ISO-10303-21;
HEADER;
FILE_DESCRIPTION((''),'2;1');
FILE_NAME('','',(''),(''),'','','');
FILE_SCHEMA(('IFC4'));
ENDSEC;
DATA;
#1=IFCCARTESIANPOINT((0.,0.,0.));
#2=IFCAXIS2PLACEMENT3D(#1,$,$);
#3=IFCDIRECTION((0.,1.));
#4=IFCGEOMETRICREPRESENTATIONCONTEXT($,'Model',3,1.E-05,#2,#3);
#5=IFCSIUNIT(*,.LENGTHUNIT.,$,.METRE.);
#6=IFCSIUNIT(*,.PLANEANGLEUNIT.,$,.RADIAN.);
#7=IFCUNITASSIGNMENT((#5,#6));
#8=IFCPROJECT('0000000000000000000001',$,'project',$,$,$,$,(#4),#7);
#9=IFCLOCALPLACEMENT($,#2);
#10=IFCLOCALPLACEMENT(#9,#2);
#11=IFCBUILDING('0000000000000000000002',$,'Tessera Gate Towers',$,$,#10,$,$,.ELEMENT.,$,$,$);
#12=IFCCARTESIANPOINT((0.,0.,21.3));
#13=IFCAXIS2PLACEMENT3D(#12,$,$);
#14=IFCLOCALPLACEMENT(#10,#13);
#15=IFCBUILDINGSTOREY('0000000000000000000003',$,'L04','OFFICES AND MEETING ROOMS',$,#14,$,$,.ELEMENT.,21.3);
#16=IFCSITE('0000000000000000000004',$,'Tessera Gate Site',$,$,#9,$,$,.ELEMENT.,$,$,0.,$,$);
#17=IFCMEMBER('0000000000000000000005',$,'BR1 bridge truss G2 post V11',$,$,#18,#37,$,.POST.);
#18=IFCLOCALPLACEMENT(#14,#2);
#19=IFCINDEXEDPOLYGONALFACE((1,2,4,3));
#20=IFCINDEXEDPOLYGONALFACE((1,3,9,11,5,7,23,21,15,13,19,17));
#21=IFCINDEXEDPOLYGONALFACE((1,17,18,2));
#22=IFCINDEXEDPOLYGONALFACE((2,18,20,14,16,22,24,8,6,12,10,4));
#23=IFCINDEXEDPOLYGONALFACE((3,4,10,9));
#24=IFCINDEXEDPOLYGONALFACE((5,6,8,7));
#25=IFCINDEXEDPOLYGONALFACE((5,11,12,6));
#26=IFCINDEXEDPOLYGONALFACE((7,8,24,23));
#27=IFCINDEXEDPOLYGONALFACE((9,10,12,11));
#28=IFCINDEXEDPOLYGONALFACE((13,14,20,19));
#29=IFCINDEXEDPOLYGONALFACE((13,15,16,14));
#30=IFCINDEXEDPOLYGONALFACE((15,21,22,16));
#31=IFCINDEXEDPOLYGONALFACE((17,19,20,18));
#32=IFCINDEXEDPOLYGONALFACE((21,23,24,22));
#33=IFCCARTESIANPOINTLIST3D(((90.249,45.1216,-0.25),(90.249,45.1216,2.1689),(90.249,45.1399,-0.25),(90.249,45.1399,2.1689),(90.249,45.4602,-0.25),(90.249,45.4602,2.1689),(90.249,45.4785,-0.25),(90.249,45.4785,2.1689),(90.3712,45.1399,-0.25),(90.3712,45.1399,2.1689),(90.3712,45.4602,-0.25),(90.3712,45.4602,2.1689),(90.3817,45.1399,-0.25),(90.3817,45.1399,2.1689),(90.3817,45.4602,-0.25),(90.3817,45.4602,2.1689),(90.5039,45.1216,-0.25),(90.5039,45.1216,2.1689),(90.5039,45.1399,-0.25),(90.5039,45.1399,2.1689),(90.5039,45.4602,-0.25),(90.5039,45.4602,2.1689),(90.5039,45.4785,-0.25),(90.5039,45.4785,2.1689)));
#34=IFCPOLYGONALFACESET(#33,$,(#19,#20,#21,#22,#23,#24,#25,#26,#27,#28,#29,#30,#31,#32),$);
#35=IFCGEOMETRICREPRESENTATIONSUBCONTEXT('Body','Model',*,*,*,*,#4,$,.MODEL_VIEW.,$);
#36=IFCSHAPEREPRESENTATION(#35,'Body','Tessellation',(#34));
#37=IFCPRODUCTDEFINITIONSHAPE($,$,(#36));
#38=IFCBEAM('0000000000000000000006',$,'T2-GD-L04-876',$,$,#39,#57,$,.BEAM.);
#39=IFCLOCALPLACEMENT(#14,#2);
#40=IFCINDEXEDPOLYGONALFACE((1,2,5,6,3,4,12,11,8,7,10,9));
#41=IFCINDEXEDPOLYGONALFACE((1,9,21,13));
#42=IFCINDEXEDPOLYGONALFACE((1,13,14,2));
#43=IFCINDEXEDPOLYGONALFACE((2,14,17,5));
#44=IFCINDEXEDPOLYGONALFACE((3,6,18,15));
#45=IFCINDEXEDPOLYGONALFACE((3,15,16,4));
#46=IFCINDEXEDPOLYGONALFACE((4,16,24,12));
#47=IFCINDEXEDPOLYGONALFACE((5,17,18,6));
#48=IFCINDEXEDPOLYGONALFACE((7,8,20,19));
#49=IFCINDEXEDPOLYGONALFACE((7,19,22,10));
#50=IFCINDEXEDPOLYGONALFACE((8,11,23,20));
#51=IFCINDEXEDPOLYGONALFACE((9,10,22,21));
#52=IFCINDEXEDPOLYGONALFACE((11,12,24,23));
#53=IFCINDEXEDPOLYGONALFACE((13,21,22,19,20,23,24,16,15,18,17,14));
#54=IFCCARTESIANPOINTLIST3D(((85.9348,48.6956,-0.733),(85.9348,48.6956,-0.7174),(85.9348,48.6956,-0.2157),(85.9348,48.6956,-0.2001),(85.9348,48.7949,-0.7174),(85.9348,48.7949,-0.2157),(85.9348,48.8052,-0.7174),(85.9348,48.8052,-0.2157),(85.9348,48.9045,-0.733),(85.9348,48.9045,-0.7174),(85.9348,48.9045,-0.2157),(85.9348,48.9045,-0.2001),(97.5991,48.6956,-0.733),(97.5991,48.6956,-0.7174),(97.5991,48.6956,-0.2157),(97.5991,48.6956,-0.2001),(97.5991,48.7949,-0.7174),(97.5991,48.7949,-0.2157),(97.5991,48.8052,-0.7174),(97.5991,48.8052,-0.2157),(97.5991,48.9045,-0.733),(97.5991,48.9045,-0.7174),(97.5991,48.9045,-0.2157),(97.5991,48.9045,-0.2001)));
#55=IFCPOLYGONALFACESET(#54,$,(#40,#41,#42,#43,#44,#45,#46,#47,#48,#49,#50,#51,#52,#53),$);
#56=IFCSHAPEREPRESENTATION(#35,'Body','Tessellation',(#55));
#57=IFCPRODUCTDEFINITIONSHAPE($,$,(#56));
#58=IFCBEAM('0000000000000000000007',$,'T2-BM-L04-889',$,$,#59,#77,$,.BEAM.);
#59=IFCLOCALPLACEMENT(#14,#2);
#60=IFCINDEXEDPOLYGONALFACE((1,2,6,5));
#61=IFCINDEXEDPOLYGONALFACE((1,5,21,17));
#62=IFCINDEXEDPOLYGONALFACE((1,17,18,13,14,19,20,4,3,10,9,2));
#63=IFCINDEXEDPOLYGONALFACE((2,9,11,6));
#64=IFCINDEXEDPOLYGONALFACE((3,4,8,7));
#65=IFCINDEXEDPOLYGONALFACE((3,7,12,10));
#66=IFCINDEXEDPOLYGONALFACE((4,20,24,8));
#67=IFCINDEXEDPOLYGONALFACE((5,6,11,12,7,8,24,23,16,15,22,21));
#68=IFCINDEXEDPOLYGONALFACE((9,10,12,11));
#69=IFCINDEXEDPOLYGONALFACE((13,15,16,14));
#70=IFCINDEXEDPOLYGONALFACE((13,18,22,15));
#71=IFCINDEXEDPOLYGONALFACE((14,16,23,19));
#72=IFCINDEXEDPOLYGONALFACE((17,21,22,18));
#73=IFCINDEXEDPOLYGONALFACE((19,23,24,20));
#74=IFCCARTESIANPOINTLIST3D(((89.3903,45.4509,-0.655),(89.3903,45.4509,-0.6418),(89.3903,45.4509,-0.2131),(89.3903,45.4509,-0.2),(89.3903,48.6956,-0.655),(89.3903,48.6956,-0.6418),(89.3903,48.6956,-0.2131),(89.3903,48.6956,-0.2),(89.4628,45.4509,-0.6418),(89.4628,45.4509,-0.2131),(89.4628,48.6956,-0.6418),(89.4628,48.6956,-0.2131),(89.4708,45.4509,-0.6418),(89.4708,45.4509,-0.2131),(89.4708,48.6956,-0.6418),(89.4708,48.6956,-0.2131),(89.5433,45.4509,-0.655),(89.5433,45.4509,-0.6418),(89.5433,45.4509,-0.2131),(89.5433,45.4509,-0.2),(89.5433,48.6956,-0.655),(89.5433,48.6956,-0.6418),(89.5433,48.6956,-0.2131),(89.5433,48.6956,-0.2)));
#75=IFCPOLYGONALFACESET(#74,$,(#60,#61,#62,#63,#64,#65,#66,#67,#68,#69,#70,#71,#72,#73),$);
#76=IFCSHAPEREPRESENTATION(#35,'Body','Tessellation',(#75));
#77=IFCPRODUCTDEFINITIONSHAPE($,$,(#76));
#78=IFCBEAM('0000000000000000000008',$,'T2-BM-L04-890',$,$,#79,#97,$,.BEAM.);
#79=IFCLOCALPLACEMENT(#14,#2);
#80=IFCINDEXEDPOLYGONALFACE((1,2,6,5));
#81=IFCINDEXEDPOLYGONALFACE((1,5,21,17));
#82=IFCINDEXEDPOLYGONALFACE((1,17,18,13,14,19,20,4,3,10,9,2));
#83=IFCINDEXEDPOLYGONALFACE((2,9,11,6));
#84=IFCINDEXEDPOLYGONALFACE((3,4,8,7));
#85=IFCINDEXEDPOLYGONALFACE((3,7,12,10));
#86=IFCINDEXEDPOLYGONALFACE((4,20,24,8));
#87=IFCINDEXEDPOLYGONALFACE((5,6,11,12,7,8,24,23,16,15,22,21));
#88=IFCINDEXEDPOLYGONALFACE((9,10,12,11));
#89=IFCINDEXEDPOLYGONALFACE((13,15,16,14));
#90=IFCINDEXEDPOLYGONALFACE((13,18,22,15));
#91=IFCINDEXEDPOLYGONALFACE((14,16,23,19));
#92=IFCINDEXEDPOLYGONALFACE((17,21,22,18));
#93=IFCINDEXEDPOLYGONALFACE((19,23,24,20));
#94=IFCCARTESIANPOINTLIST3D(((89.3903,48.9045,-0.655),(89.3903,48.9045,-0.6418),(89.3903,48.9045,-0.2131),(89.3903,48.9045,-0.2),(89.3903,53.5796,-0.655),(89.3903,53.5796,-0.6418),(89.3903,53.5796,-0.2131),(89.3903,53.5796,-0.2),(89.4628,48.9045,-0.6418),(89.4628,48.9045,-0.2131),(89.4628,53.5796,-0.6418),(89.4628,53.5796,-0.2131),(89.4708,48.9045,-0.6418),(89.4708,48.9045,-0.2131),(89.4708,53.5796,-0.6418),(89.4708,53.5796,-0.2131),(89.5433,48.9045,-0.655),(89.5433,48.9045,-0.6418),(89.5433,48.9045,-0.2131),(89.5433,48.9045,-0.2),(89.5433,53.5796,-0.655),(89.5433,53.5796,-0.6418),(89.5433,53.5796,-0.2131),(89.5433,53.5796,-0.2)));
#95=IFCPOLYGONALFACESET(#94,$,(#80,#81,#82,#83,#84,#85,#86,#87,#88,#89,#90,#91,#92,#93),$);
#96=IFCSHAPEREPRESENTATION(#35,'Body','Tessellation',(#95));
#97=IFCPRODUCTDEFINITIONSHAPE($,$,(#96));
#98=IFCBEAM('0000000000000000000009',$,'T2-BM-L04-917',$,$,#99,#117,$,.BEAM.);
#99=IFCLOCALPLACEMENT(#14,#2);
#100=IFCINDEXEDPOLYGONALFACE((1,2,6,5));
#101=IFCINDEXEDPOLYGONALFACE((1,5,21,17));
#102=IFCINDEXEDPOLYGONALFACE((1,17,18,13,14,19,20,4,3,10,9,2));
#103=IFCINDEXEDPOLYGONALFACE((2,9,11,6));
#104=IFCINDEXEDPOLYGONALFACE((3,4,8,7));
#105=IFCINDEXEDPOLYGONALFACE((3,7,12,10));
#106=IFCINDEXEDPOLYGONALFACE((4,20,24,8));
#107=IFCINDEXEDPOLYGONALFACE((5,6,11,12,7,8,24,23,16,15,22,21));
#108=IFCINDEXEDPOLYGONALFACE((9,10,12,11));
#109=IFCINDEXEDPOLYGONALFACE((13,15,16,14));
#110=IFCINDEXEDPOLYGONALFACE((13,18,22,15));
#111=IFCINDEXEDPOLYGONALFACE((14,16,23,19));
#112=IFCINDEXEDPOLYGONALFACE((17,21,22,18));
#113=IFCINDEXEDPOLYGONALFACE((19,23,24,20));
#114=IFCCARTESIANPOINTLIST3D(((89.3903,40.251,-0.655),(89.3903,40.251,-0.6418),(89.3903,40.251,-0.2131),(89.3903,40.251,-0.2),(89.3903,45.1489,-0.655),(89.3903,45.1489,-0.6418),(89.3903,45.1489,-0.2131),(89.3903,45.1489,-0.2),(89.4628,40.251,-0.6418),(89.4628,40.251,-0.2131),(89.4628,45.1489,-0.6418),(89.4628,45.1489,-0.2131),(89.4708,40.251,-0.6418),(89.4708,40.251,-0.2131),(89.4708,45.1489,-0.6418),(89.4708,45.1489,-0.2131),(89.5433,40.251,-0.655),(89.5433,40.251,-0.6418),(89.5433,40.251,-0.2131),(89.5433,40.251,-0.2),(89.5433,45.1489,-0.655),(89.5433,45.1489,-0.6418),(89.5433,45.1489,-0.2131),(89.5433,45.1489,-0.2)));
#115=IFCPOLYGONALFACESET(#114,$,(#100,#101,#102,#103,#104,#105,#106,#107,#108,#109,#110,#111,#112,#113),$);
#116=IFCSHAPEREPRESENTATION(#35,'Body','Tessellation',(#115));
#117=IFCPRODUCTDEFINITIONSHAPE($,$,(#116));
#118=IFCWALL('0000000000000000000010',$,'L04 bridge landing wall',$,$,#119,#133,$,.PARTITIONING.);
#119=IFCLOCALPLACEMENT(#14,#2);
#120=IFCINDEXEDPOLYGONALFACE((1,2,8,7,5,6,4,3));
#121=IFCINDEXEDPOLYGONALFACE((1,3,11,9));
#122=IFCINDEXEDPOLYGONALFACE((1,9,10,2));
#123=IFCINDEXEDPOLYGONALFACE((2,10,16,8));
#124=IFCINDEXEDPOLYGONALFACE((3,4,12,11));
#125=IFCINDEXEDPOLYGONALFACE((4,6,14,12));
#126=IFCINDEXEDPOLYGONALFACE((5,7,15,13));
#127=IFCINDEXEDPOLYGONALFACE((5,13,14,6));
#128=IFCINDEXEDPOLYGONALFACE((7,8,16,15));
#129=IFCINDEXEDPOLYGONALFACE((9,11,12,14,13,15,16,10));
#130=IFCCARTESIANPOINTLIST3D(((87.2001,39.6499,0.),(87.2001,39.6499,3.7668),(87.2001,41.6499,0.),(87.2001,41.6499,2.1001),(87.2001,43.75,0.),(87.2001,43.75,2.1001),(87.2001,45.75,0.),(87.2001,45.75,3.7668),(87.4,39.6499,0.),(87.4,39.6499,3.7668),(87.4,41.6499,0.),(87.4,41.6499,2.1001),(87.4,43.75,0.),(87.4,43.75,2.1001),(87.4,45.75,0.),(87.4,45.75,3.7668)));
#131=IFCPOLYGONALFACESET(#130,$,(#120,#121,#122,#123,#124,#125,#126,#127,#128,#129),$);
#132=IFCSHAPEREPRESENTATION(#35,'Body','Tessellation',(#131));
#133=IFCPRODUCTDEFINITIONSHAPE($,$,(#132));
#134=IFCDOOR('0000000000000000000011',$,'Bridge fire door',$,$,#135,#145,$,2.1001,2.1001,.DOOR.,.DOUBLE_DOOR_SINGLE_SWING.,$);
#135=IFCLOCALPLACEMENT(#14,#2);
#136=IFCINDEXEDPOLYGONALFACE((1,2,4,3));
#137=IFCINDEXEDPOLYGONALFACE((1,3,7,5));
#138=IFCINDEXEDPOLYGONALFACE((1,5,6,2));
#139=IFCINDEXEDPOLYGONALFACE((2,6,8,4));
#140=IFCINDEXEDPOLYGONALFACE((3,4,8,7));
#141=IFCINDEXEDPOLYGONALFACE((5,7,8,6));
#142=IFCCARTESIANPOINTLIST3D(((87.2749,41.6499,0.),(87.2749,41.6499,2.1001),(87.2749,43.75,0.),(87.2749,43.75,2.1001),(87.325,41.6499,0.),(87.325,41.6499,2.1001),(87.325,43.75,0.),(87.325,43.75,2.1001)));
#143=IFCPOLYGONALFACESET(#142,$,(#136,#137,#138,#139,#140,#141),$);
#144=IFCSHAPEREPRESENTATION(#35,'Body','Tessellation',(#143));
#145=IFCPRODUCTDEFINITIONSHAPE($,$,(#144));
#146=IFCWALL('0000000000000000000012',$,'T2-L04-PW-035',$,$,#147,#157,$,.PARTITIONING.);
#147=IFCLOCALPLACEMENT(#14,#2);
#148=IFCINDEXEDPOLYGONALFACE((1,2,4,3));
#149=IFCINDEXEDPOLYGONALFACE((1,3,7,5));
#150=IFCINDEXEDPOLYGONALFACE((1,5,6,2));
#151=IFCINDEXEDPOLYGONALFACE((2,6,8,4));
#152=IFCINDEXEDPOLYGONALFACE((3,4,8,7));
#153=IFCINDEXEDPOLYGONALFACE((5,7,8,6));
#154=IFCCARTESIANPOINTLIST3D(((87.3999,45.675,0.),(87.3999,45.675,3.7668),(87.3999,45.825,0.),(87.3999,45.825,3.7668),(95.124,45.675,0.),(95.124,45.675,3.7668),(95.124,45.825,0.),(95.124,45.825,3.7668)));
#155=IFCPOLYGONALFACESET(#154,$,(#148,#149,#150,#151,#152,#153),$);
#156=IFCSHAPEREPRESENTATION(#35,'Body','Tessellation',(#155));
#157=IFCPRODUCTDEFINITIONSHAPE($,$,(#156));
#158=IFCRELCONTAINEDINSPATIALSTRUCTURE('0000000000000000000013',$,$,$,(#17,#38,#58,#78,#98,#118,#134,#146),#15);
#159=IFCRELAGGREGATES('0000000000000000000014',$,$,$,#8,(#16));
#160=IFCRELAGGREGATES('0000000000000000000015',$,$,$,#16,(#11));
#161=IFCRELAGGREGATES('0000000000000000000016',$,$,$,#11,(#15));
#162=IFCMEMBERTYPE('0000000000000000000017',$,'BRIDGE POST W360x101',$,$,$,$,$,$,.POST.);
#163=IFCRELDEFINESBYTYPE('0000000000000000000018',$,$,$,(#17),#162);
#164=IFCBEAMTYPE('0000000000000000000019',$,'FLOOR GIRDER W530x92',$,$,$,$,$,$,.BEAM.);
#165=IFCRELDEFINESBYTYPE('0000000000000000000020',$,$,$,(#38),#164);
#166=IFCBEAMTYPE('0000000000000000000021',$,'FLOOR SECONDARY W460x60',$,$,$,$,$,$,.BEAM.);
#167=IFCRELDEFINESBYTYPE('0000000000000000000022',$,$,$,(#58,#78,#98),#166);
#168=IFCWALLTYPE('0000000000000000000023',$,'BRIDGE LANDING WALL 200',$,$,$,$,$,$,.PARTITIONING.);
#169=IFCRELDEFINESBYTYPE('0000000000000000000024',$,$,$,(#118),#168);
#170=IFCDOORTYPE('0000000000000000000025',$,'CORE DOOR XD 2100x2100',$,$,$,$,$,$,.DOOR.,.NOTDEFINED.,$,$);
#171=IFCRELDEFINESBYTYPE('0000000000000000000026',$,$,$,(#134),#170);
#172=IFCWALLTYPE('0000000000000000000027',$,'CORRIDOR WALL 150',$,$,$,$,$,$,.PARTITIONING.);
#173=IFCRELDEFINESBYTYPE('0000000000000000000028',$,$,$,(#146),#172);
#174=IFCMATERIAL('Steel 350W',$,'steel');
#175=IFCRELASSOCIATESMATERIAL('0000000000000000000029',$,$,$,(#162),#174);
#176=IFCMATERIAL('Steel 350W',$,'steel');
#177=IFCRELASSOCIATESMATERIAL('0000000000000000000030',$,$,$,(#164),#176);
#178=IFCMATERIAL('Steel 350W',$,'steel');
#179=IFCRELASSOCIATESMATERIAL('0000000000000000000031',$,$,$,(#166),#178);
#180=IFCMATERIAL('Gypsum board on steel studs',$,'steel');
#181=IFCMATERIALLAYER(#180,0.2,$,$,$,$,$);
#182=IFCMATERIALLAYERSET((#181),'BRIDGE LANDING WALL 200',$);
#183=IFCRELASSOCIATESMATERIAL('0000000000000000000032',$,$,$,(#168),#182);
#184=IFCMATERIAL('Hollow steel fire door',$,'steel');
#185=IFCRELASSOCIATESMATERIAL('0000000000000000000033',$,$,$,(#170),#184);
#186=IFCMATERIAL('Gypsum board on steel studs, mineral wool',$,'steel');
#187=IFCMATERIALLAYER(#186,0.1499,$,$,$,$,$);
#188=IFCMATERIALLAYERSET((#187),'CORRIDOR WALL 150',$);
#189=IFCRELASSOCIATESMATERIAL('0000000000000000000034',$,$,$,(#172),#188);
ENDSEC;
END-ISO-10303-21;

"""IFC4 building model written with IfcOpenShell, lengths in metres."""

from ifc_helpers import new_model, si_unit, direction, frame, frame_2d, origin, origin_2d, place, context, subcontext, project, spatial, rectangle, i_section, extrude, source, transform, mapped, material, layer, layer_set, material_profile, profile_set, type_object, element, fill, save


model = new_model("IFC4")

# Units and contexts
model_context = context("Model", 3, precision=1e-05, world=origin(), true_north=direction((0.0, 1.0)))
body_context = subcontext(model_context, "Body", "Model", "MODEL_VIEW")
ifc_project = project(units=[si_unit("LENGTHUNIT", "METRE"), si_unit("PLANEANGLEUNIT", "RADIAN")], contexts=[model_context])

# Site, building, storey
site_placement = place(None, origin())
site = spatial("IfcSite", under=ifc_project, at=site_placement, Name="Tessera Gate Site", CompositionType="ELEMENT", RefElevation=0.0)
building_placement = place(site_placement, origin())
building = spatial("IfcBuilding", under=site, at=building_placement, Name="Tessera Gate Towers", CompositionType="ELEMENT")
storey_placement = place(building_placement, frame((0.0, 0.0, 21.3)))
storey = spatial("IfcBuildingStorey", under=building, at=storey_placement, Name="L04", Description="OFFICES AND MEETING ROOMS", CompositionType="ELEMENT", Elevation=21.3)

# Member
ifc_material_1 = material(Name="Steel 350W", Category="steel")
ifc_material_profile_1 = material_profile(ifc_material_1, i_section(OverallWidth=0.2549, OverallDepth=0.3569, WebThickness=0.0105, FlangeThickness=0.0183, at=origin_2d()), Name="W360x101")
ifc_profile_set_1 = profile_set([ifc_material_profile_1], Name="Steel 350W")
member_type_1 = type_object("IfcMemberType", Name="BRIDGE POST W360x101", PredefinedType="POST", material=ifc_profile_set_1)
for number, where, z_axis, x_axis, name in (
    (1, (90.3765, 45.3, -0.25), (0.0, 0.0, 1.0), (1.0, 0.0, 0.0), "BR1 bridge truss G2 post V11"),
):
    element("IfcMember", number, at=place(storey_placement, frame(where, z_axis=z_axis, x_axis=x_axis)), inside=storey, type_object=member_type_1, Name=name, PredefinedType="POST", context=body_context, shape_type="SweptSolid", body=[
        extrude(i_section(OverallWidth=0.2549, OverallDepth=0.3569, WebThickness=0.0105, FlangeThickness=0.0183, at=origin_2d()), origin(), (0.0, 0.0, 1.0), 2.4189),
    ])

# Beams
ifc_material_2 = material(Name="Steel 350W", Category="steel")
ifc_material_profile_2 = material_profile(ifc_material_2, i_section(OverallWidth=0.209, OverallDepth=0.533, WebThickness=0.0103, FlangeThickness=0.0156, at=origin_2d()), Name="W530x92")
ifc_profile_set_2 = profile_set([ifc_material_profile_2], Name="Steel 350W")
beam_type_1 = type_object("IfcBeamType", Name="FLOOR GIRDER W530x92", PredefinedType="BEAM", material=ifc_profile_set_2)
beam_1_placement = place(storey_placement, frame((85.9348, 48.8, -0.4666), z_axis=(1.0, 0.0, 0.0), x_axis=(0.0, 1.0, 0.0)))
element("IfcBeam", 2, at=beam_1_placement, inside=storey, type_object=beam_type_1, Name="T2-GD-L04-876", PredefinedType="BEAM", context=body_context, shape_type="SweptSolid", body=[
    extrude(i_section(OverallWidth=0.209, OverallDepth=0.533, WebThickness=0.0103, FlangeThickness=0.0156, at=origin_2d()), origin(), (0.0, 0.0, 1.0), 11.6643),
])
ifc_material_3 = material(Name="Steel 350W", Category="steel")
ifc_material_profile_3 = material_profile(ifc_material_3, i_section(OverallWidth=0.1531, OverallDepth=0.4551, WebThickness=0.0081, FlangeThickness=0.0132, at=origin_2d()), Name="W460x60")
ifc_profile_set_3 = profile_set([ifc_material_profile_3], Name="Steel 350W")
beam_type_2 = type_object("IfcBeamType", Name="FLOOR SECONDARY W460x60", PredefinedType="BEAM", material=ifc_profile_set_3)
beam_2_placement = place(storey_placement, frame((89.4668, 45.4509, -0.4275), z_axis=(0.0, 1.0, 0.0), x_axis=(-1.0, 0.0, 0.0)))
element("IfcBeam", 3, at=beam_2_placement, inside=storey, type_object=beam_type_2, Name="T2-BM-L04-889", PredefinedType="BEAM", context=body_context, shape_type="SweptSolid", body=[
    extrude(i_section(OverallWidth=0.1531, OverallDepth=0.4551, WebThickness=0.0081, FlangeThickness=0.0132, at=origin_2d()), origin(), (0.0, 0.0, 1.0), 3.2446),
])
beam_3_placement = place(storey_placement, frame((89.4668, 48.9045, -0.4275), z_axis=(0.0, 1.0, 0.0), x_axis=(-1.0, 0.0, 0.0)))
element("IfcBeam", 4, at=beam_3_placement, inside=storey, type_object=beam_type_2, Name="T2-BM-L04-890", PredefinedType="BEAM", context=body_context, shape_type="SweptSolid", body=[
    extrude(i_section(OverallWidth=0.1531, OverallDepth=0.4551, WebThickness=0.0081, FlangeThickness=0.0132, at=origin_2d()), origin(), (0.0, 0.0, 1.0), 4.675),
])
beam_4_placement = place(storey_placement, frame((89.4668, 40.251, -0.4275), z_axis=(0.0, 1.0, 0.0), x_axis=(-1.0, 0.0, 0.0)))
element("IfcBeam", 5, at=beam_4_placement, inside=storey, type_object=beam_type_2, Name="T2-BM-L04-917", PredefinedType="BEAM", context=body_context, shape_type="SweptSolid", body=[
    extrude(i_section(OverallWidth=0.1531, OverallDepth=0.4551, WebThickness=0.0081, FlangeThickness=0.0132, at=origin_2d()), origin(), (0.0, 0.0, 1.0), 4.8979),
])

# Wall, opening, door
ifc_material_4 = material(Name="Gypsum board on steel studs", Category="steel")
ifc_layer_1 = layer(ifc_material_4, 0.2)
ifc_layer_set_1 = layer_set([ifc_layer_1], Name="BRIDGE LANDING WALL 200")
wall_type_1 = type_object("IfcWallType", Name="BRIDGE LANDING WALL 200", PredefinedType="PARTITIONING", material=ifc_layer_set_1)
wall_1_placement = place(storey_placement, frame((87.3, 45.75, 0.0), z_axis=(0.0, 0.0, 1.0), x_axis=(0.0, -1.0, 0.0)))
wall_1 = element("IfcWall", 6, at=wall_1_placement, inside=storey, type_object=wall_type_1, Name="L04 bridge landing wall", PredefinedType="PARTITIONING", context=body_context, shape_type="SweptSolid", body=[
    extrude(rectangle(XDim=6.1001, YDim=0.2, at=frame_2d((3.05, 0.0))), origin(), (0.0, 0.0, 1.0), 3.7668),
])
shared_shape_1 = source(origin(), body_context, "Body", "SweptSolid", [
    extrude(rectangle(XDim=2.1001, YDim=2.1001, at=frame_2d((1.05, 1.05))), frame((0.0, 0.1099, 0.0), z_axis=(0.0, -1.0, 0.0), x_axis=(1.0, 0.0, 0.0)), (0.0, 0.0, 1.0), 0.22),
])
opening_1_placement = place(wall_1_placement, frame((2.0, 0.0, 0.0)))
opening_1 = element("IfcOpeningElement", 7, at=opening_1_placement, cuts=wall_1, PredefinedType="OPENING", context=body_context, shape_type="MappedRepresentation", body=[
    mapped(shared_shape_1, transform((0.0, 0.0, 0.0), scale=1.0)),
])
ifc_material_5 = material(Name="Hollow steel fire door", Category="steel")
door_type_1 = type_object("IfcDoorType", Name="CORE DOOR XD 2100x2100", OperationType="NOTDEFINED", PredefinedType="DOOR", material=ifc_material_5)
shared_shape_2 = source(origin(), body_context, "Body", "SweptSolid", [
    extrude(rectangle(XDim=2.1001, YDim=2.1001, at=frame_2d((1.05, 1.05))), frame((0.0, 0.0249, 0.0), z_axis=(0.0, -1.0, 0.0), x_axis=(1.0, 0.0, 0.0)), (0.0, 0.0, 1.0), 0.05),
])
door_1_placement = place(opening_1_placement, origin())
door_1 = element("IfcDoor", 8, at=door_1_placement, inside=storey, type_object=door_type_1, Name="Bridge fire door", OperationType="DOUBLE_DOOR_SINGLE_SWING", OverallHeight=2.1001, OverallWidth=2.1001, PredefinedType="DOOR", context=body_context, shape_type="MappedRepresentation", body=[
    mapped(shared_shape_2, transform((0.0, 0.0, 0.0), scale=1.0)),
])
fill(opening_1, door_1)

# Wall
ifc_material_6 = material(Name="Gypsum board on steel studs, mineral wool", Category="steel")
ifc_layer_2 = layer(ifc_material_6, 0.1499)
ifc_layer_set_2 = layer_set([ifc_layer_2], Name="CORRIDOR WALL 150")
wall_type_2 = type_object("IfcWallType", Name="CORRIDOR WALL 150", PredefinedType="PARTITIONING", material=ifc_layer_set_2)
wall_2_placement = place(storey_placement, frame((87.3999, 45.75, 0.0), z_axis=(0.0, 0.0, 1.0), x_axis=(1.0, 0.0, 0.0)))
element("IfcWall", 9, at=wall_2_placement, inside=storey, type_object=wall_type_2, Name="T2-L04-PW-035", PredefinedType="PARTITIONING", context=body_context, shape_type="SweptSolid", body=[
    extrude(rectangle(XDim=7.7241, YDim=0.1499, at=frame_2d((3.8621, 0.0))), origin(), (0.0, 0.0, 1.0), 3.7668),
])

save(model, "model.ifc")
